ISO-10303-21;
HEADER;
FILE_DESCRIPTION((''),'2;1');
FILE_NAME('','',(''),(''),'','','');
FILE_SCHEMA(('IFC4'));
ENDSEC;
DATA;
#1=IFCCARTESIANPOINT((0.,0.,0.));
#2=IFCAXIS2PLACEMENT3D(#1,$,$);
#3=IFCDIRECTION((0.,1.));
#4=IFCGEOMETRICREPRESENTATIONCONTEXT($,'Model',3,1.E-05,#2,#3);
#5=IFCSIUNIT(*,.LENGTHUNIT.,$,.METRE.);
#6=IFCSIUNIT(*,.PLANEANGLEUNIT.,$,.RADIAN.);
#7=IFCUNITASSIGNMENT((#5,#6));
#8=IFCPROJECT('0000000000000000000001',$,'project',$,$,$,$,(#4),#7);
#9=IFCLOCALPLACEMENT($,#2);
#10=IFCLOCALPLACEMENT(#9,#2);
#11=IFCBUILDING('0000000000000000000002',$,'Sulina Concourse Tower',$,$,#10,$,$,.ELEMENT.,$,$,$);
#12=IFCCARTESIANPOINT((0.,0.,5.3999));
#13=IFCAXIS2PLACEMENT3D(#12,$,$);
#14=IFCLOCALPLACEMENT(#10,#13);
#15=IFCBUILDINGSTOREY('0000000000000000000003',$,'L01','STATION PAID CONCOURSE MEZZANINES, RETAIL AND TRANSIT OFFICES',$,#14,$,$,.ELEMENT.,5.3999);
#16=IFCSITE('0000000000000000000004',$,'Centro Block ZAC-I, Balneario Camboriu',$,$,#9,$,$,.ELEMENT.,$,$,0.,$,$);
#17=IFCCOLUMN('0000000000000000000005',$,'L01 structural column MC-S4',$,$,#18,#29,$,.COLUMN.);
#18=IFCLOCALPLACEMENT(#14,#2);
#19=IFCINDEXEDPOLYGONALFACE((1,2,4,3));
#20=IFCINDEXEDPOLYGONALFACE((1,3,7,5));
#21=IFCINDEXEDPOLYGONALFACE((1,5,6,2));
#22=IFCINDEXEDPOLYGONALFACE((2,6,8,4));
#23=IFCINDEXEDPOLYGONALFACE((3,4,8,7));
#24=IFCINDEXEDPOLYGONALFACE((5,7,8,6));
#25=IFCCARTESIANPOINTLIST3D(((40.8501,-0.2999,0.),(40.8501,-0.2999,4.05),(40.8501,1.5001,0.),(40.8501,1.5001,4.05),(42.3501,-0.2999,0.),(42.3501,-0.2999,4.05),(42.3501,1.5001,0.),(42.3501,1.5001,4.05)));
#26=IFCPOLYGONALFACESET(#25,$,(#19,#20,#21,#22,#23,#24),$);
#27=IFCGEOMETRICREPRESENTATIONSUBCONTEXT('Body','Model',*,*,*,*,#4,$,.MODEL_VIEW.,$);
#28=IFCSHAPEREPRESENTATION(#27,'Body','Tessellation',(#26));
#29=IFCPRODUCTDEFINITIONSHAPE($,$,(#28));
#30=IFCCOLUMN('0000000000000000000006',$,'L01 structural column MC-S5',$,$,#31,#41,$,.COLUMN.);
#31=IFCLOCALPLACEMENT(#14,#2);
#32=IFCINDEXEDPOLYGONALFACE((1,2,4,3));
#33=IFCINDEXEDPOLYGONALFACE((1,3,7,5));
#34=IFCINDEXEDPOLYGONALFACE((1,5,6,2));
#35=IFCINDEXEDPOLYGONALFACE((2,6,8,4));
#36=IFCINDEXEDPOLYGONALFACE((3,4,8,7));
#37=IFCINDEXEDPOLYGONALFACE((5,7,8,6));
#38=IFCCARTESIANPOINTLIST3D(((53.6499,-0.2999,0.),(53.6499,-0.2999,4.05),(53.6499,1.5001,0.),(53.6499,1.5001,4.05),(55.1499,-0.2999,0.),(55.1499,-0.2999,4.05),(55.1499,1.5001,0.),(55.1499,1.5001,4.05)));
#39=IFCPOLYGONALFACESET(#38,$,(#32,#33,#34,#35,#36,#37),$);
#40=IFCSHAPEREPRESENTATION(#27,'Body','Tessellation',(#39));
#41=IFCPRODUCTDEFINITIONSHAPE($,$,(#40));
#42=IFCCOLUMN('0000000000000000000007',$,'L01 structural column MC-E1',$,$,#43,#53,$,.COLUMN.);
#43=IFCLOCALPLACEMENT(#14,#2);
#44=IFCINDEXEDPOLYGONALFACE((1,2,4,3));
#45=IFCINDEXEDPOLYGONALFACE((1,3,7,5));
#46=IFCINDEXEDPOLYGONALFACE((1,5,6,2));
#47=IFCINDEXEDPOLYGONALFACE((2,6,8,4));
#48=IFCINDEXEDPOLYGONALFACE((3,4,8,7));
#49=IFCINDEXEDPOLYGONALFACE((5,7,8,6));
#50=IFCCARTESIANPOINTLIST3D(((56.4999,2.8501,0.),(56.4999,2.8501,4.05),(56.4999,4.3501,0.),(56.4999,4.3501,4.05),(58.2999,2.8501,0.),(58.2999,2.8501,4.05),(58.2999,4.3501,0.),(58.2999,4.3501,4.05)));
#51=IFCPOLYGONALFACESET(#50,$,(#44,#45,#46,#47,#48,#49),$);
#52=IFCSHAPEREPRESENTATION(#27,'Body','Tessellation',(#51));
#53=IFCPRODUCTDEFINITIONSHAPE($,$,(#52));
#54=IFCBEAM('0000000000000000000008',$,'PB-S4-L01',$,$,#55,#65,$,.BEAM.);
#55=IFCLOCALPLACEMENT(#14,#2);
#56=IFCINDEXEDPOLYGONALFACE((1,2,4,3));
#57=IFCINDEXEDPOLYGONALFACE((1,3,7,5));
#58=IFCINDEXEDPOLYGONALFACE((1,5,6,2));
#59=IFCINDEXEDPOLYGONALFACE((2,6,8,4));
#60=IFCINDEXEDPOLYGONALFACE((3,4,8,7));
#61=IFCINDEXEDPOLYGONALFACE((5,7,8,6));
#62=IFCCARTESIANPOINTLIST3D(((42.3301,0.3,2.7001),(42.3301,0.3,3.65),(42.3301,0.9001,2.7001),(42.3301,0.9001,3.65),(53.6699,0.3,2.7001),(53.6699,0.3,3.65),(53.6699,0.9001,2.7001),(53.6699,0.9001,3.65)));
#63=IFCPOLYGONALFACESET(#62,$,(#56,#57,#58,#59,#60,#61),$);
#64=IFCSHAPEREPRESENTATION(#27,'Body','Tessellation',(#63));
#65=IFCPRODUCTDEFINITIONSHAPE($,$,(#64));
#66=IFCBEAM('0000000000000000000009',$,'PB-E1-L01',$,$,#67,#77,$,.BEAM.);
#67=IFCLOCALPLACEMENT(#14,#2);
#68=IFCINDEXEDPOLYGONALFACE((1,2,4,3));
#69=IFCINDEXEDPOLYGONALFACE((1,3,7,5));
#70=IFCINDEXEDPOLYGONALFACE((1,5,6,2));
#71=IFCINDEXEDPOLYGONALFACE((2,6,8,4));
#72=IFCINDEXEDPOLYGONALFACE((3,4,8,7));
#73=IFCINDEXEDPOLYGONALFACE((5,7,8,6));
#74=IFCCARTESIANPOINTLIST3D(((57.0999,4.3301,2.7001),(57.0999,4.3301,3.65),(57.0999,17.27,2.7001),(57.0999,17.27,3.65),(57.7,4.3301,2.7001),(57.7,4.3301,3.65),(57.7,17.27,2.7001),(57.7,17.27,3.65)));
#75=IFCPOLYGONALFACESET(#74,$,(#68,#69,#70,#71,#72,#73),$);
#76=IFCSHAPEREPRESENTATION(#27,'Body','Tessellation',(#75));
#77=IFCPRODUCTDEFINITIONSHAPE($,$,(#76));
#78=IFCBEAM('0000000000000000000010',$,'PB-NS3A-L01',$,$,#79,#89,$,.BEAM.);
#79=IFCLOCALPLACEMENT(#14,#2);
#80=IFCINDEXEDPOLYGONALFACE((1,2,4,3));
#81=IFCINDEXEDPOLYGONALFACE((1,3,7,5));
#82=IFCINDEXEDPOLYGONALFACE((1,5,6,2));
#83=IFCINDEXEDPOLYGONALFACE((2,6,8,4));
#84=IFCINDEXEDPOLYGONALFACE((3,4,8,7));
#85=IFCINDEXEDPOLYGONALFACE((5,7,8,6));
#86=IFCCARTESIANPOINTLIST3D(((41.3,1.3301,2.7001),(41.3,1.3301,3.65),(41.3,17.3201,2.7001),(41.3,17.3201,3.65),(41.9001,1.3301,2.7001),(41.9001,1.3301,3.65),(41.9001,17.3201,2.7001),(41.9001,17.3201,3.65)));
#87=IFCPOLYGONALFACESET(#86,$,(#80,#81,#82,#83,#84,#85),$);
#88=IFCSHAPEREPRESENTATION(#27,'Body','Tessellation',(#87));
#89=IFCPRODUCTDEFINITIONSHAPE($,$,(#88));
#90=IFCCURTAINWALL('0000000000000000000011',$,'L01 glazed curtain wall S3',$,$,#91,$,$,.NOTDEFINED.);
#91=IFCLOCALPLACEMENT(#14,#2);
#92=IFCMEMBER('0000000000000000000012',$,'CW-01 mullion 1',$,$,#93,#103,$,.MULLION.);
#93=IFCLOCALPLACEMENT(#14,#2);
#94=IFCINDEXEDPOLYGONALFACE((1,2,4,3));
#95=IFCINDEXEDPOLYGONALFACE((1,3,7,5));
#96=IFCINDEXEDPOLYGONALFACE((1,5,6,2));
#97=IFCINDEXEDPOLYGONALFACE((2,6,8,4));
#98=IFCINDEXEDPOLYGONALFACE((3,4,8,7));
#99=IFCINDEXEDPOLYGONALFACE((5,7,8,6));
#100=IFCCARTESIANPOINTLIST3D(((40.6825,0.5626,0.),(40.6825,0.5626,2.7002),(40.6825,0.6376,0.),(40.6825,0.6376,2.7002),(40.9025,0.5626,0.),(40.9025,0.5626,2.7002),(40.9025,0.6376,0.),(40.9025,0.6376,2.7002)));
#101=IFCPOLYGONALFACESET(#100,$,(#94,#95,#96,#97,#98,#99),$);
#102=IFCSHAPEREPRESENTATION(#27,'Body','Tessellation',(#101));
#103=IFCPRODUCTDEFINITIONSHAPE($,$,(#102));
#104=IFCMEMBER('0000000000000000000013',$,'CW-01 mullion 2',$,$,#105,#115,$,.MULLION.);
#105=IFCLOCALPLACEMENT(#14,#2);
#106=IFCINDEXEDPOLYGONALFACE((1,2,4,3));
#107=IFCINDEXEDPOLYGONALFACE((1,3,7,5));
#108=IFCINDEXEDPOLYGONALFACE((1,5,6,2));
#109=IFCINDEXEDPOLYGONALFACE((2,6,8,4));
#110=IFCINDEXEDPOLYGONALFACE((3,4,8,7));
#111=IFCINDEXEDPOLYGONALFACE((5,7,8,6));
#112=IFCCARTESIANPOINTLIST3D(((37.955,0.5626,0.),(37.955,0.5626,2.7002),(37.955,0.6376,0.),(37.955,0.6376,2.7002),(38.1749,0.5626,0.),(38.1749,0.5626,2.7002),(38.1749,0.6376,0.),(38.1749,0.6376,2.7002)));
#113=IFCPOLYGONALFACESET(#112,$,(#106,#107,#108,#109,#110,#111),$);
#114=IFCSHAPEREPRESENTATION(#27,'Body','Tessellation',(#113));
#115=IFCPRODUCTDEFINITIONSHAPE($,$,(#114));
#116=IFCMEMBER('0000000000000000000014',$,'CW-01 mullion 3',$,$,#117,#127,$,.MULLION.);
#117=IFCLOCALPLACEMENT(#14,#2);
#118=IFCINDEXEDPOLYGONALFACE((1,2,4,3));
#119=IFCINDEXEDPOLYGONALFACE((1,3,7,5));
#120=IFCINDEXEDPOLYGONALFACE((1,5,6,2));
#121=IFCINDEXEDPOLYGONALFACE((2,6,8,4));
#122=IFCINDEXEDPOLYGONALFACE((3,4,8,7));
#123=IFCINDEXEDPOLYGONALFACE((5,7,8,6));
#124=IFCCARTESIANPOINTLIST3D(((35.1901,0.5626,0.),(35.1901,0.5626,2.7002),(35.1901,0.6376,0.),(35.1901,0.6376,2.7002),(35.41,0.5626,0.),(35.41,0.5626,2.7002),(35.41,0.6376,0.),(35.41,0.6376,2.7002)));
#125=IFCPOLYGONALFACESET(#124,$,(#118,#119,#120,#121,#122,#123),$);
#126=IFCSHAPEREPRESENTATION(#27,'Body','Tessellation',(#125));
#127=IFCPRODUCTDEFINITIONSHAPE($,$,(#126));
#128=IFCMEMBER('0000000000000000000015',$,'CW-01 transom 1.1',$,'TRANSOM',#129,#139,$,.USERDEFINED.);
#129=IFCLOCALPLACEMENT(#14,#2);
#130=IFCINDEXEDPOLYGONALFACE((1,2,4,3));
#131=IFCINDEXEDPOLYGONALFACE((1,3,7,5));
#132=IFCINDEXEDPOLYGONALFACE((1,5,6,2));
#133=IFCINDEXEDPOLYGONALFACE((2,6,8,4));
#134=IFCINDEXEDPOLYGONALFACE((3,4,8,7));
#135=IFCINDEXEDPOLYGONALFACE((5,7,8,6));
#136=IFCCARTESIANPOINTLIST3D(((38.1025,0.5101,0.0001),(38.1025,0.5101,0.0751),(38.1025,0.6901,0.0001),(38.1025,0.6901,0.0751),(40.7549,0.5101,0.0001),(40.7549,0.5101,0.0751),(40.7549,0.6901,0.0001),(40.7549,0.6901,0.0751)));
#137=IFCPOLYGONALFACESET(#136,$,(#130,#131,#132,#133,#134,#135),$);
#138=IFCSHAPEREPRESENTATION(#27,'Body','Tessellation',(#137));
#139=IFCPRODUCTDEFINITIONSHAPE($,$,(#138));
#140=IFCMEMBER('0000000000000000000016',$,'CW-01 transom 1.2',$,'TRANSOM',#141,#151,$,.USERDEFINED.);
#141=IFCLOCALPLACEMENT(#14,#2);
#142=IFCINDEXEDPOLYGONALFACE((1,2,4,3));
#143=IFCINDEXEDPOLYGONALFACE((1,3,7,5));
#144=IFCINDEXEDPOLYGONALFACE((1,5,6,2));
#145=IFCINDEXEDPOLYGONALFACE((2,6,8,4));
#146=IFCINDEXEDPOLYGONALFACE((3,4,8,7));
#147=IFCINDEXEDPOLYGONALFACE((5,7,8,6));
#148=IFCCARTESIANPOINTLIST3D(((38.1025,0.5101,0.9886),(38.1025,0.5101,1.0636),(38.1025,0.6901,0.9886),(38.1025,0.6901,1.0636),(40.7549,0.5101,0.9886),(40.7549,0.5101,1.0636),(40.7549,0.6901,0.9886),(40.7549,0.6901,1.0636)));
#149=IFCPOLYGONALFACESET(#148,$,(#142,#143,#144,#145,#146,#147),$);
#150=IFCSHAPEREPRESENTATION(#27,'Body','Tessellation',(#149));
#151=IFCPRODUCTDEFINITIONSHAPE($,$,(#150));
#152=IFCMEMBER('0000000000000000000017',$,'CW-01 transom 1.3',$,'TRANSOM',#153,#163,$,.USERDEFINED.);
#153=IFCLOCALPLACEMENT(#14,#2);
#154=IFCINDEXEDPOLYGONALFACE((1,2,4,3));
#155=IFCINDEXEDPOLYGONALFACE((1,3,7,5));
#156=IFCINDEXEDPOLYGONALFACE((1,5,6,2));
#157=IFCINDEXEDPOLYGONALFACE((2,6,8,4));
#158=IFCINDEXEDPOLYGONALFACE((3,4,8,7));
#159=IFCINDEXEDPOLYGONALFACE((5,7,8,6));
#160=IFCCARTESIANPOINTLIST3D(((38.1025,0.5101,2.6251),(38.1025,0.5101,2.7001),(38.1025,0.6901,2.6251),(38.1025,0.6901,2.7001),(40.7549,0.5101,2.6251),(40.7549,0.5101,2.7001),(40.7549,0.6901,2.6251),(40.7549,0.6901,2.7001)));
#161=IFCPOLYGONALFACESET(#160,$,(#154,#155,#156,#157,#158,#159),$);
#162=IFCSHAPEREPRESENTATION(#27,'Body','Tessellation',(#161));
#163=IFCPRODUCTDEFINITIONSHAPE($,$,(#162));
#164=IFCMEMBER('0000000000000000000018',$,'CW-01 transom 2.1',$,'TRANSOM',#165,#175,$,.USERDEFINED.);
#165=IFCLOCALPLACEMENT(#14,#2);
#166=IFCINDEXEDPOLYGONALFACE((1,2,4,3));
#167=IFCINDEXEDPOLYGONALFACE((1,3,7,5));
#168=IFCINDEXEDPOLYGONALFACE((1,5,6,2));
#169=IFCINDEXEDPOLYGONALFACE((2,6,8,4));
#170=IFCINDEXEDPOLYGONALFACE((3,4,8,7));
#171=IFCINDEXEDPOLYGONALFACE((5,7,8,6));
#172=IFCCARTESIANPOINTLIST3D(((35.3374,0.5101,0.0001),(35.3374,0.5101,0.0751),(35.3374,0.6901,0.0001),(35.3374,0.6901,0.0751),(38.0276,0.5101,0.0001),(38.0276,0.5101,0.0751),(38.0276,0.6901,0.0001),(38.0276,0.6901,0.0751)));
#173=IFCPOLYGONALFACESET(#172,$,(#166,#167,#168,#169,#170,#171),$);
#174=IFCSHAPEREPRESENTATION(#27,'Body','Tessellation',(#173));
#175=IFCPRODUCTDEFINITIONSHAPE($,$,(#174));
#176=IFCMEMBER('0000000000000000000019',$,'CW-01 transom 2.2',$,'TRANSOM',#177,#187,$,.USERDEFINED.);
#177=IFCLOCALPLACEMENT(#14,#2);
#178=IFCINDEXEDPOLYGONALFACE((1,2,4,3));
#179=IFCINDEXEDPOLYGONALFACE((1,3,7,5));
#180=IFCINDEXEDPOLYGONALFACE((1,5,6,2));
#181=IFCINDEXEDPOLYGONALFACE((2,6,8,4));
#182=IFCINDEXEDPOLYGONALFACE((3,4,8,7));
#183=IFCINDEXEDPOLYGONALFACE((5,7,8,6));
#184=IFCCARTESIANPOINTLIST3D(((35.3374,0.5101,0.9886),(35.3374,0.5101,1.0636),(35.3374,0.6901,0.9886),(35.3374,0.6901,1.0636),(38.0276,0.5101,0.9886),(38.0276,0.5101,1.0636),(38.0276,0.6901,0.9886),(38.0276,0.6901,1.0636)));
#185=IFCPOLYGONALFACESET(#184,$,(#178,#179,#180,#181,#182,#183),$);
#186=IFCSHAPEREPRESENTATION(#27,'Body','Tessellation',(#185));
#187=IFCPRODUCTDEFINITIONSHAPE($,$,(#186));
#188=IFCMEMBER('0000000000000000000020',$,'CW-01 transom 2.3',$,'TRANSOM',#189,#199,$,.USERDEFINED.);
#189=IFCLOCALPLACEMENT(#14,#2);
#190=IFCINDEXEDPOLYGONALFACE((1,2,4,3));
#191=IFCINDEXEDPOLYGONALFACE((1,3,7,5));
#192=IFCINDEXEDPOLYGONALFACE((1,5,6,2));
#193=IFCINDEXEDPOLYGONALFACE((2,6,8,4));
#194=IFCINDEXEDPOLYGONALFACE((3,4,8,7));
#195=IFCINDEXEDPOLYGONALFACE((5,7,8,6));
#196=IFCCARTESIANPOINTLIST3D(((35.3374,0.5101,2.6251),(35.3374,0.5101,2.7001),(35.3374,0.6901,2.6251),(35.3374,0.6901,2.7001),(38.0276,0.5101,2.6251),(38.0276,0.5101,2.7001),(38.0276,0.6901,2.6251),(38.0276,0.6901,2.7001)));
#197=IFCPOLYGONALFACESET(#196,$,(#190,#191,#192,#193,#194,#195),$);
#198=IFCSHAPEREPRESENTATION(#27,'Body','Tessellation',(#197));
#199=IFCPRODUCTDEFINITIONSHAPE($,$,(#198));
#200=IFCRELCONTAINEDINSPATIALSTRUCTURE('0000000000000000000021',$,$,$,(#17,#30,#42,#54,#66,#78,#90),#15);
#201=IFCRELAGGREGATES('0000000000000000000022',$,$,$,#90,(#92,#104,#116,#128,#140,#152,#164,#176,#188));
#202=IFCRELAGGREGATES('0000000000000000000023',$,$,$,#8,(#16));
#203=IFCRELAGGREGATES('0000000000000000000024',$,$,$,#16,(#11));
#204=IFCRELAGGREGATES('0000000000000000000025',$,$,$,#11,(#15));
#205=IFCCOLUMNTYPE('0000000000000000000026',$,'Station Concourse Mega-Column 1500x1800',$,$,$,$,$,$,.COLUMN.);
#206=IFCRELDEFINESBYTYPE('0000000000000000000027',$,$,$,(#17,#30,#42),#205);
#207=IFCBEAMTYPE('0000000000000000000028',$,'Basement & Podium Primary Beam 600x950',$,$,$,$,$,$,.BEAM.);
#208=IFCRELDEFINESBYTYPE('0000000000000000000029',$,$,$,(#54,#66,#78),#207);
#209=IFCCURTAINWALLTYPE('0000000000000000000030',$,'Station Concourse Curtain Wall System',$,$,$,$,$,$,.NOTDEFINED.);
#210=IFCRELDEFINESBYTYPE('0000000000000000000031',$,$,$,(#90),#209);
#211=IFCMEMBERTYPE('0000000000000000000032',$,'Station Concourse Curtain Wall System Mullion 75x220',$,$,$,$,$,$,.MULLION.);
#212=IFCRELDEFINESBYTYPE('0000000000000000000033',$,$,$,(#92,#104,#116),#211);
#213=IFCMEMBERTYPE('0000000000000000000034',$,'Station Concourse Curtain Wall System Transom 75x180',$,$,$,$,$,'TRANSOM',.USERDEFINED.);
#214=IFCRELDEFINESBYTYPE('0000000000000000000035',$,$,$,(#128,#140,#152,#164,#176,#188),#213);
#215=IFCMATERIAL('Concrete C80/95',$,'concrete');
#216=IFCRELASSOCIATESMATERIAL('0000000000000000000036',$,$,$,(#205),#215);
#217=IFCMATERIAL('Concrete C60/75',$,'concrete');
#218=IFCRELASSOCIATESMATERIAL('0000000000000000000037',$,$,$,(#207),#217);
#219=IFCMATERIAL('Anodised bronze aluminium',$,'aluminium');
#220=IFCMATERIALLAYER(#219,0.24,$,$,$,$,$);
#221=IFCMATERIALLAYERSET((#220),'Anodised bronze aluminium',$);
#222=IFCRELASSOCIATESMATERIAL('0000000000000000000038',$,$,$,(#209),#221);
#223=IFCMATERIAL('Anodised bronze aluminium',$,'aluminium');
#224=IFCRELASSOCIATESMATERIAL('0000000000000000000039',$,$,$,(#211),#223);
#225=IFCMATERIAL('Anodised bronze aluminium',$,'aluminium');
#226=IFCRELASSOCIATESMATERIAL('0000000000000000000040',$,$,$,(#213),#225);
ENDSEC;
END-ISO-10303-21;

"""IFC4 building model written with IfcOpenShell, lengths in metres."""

from ifc_helpers import new_model, si_unit, direction, frame, origin, origin_2d, place, context, subcontext, project, spatial, rectangle, extrude, material, layer, layer_set, material_profile, profile_set, type_object, element, aggregate, save


model = new_model("IFC4")

# Units and contexts
model_context = context("Model", 3, precision=1e-05, world=origin(), true_north=direction((0.0, 1.0)))
body_context = subcontext(model_context, "Body", "Model", "MODEL_VIEW")
ifc_project = project(units=[si_unit("LENGTHUNIT", "METRE"), si_unit("PLANEANGLEUNIT", "RADIAN")], contexts=[model_context])

# Site, building, storey
site_placement = place(None, origin())
site = spatial("IfcSite", under=ifc_project, at=site_placement, Name="Centro Block ZAC-I, Balneario Camboriu", CompositionType="ELEMENT", RefElevation=0.0)
building_placement = place(site_placement, origin())
building = spatial("IfcBuilding", under=site, at=building_placement, Name="Sulina Concourse Tower", CompositionType="ELEMENT")
storey_placement = place(building_placement, frame((0.0, 0.0, 5.3999)))
storey = spatial("IfcBuildingStorey", under=building, at=storey_placement, Name="L01", Description="STATION PAID CONCOURSE MEZZANINES, RETAIL AND TRANSIT OFFICES", CompositionType="ELEMENT", Elevation=5.3999)

# Columns
ifc_material_1 = material(Name="Concrete C80/95", Category="concrete")
ifc_material_profile_1 = material_profile(ifc_material_1, rectangle(XDim=1.5, YDim=1.8, at=origin_2d()), Name="RC 1500x1800")
ifc_profile_set_1 = profile_set([ifc_material_profile_1], Name="Concrete C80/95")
column_type = type_object("IfcColumnType", Name="Station Concourse Mega-Column 1500x1800", PredefinedType="COLUMN", material=ifc_profile_set_1)
for number, where, z_axis, x_axis, name in (
    (1, (41.6001, 0.6001, 0.0), (0.0, 0.0, 1.0), (1.0, 0.0, 0.0), "L01 structural column MC-S4"),
    (2, (54.3999, 0.6001, 0.0), (0.0, 0.0, 1.0), (1.0, 0.0, 0.0), "L01 structural column MC-S5"),
    (3, (57.3999, 3.6001, 0.0), (0.0, 0.0, 1.0), (0.0, 1.0, 0.0), "L01 structural column MC-E1"),
):
    element("IfcColumn", number, at=place(storey_placement, frame(where, z_axis=z_axis, x_axis=x_axis)), inside=storey, type_object=column_type, Name=name, PredefinedType="COLUMN", context=body_context, shape_type="SweptSolid", body=[
        extrude(rectangle(XDim=1.5, YDim=1.8, at=origin_2d()), origin(), (0.0, 0.0, 1.0), 4.05),
    ])

# Beams
ifc_material_2 = material(Name="Concrete C60/75", Category="concrete")
ifc_material_profile_2 = material_profile(ifc_material_2, rectangle(XDim=0.6001, YDim=0.95, at=origin_2d()), Name="RC 600x950")
ifc_profile_set_2 = profile_set([ifc_material_profile_2], Name="Concrete C60/75")
beam_type = type_object("IfcBeamType", Name="Basement & Podium Primary Beam 600x950", PredefinedType="BEAM", material=ifc_profile_set_2)
beam_1_placement = place(storey_placement, frame((42.3301, 0.6001, 3.175), z_axis=(1.0, 0.0, 0.0), x_axis=(0.0, 1.0, 0.0)))
element("IfcBeam", 4, at=beam_1_placement, inside=storey, type_object=beam_type, Name="PB-S4-L01", PredefinedType="BEAM", context=body_context, shape_type="SweptSolid", body=[
    extrude(rectangle(XDim=0.6001, YDim=0.95, at=origin_2d()), origin(), (0.0, 0.0, 1.0), 11.3398),
])
beam_2_placement = place(storey_placement, frame((57.3999, 4.3301, 3.175), z_axis=(0.0, 1.0, 0.0), x_axis=(-1.0, 0.0, 0.0)))
element("IfcBeam", 5, at=beam_2_placement, inside=storey, type_object=beam_type, Name="PB-E1-L01", PredefinedType="BEAM", context=body_context, shape_type="SweptSolid", body=[
    extrude(rectangle(XDim=0.6001, YDim=0.95, at=origin_2d()), origin(), (0.0, 0.0, 1.0), 12.9399),
])
beam_3_placement = place(storey_placement, frame((41.6001, 1.3301, 3.175), z_axis=(0.0, 1.0, 0.0), x_axis=(-1.0, 0.0, 0.0)))
element("IfcBeam", 6, at=beam_3_placement, inside=storey, type_object=beam_type, Name="PB-NS3A-L01", PredefinedType="BEAM", context=body_context, shape_type="SweptSolid", body=[
    extrude(rectangle(XDim=0.6001, YDim=0.95, at=origin_2d()), origin(), (0.0, 0.0, 1.0), 15.99),
])

# Curtain wall, members
ifc_material_3 = material(Name="Anodised bronze aluminium", Category="aluminium")
ifc_layer_1 = layer(ifc_material_3, 0.24)
ifc_layer_set_1 = layer_set([ifc_layer_1], Name="Anodised bronze aluminium")
curtain_wall_type = type_object("IfcCurtainWallType", Name="Station Concourse Curtain Wall System", PredefinedType="NOTDEFINED", material=ifc_layer_set_1)
curtain_wall_placement = place(storey_placement, origin())
curtain_wall = element("IfcCurtainWall", 7, at=curtain_wall_placement, inside=storey, type_object=curtain_wall_type, Name="L01 glazed curtain wall S3", PredefinedType="NOTDEFINED")
ifc_material_4 = material(Name="Anodised bronze aluminium", Category="aluminium")
ifc_material_profile_3 = material_profile(ifc_material_4, rectangle(XDim=0.075, YDim=0.22, at=origin_2d()), Name="MUL 75x220")
ifc_profile_set_3 = profile_set([ifc_material_profile_3], Name="Anodised bronze aluminium")
member_type_1 = type_object("IfcMemberType", Name="Station Concourse Curtain Wall System Mullion 75x220", PredefinedType="MULLION", material=ifc_profile_set_3)
member_1_placement = place(storey_placement, frame((40.7925, 0.6001, 0.0), z_axis=(0.0, 0.0, 1.0), x_axis=(0.0, -1.0, 0.0)))
member_1 = element("IfcMember", 8, at=member_1_placement, type_object=member_type_1, Name="CW-01 mullion 1", PredefinedType="MULLION", context=body_context, shape_type="SweptSolid", body=[
    extrude(rectangle(XDim=0.075, YDim=0.22, at=origin_2d()), origin(), (0.0, 0.0, 1.0), 2.7002),
])
member_2_placement = place(storey_placement, frame((38.0649, 0.6001, 0.0), z_axis=(0.0, 0.0, 1.0), x_axis=(0.0, -1.0, 0.0)))
member_2 = element("IfcMember", 9, at=member_2_placement, type_object=member_type_1, Name="CW-01 mullion 2", PredefinedType="MULLION", context=body_context, shape_type="SweptSolid", body=[
    extrude(rectangle(XDim=0.075, YDim=0.22, at=origin_2d()), origin(), (0.0, 0.0, 1.0), 2.7002),
])
member_3_placement = place(storey_placement, frame((35.3, 0.6001, 0.0), z_axis=(0.0, 0.0, 1.0), x_axis=(0.0, -1.0, 0.0)))
member_3 = element("IfcMember", 10, at=member_3_placement, type_object=member_type_1, Name="CW-01 mullion 3", PredefinedType="MULLION", context=body_context, shape_type="SweptSolid", body=[
    extrude(rectangle(XDim=0.075, YDim=0.22, at=origin_2d()), origin(), (0.0, 0.0, 1.0), 2.7002),
])
ifc_material_5 = material(Name="Anodised bronze aluminium", Category="aluminium")
ifc_material_profile_4 = material_profile(ifc_material_5, rectangle(XDim=0.1799, YDim=0.075, at=origin_2d()), Name="TRN 75x180")
ifc_profile_set_4 = profile_set([ifc_material_profile_4], Name="Anodised bronze aluminium")
member_type_2 = type_object("IfcMemberType", Name="Station Concourse Curtain Wall System Transom 75x180", ElementType="TRANSOM", PredefinedType="USERDEFINED", material=ifc_profile_set_4)
member_4_placement = place(storey_placement, frame((40.7549, 0.6001, 0.0376), z_axis=(-1.0, 0.0, 0.0), x_axis=(0.0, -1.0, 0.0)))
member_4 = element("IfcMember", 11, at=member_4_placement, type_object=member_type_2, Name="CW-01 transom 1.1", ObjectType="TRANSOM", PredefinedType="USERDEFINED", context=body_context, shape_type="SweptSolid", body=[
    extrude(rectangle(XDim=0.1799, YDim=0.075, at=origin_2d()), origin(), (0.0, 0.0, 1.0), 2.6523),
])
member_5_placement = place(storey_placement, frame((40.7549, 0.6001, 1.0261), z_axis=(-1.0, 0.0, 0.0), x_axis=(0.0, -1.0, 0.0)))
member_5 = element("IfcMember", 12, at=member_5_placement, type_object=member_type_2, Name="CW-01 transom 1.2", ObjectType="TRANSOM", PredefinedType="USERDEFINED", context=body_context, shape_type="SweptSolid", body=[
    extrude(rectangle(XDim=0.1799, YDim=0.075, at=origin_2d()), origin(), (0.0, 0.0, 1.0), 2.6523),
])
member_6_placement = place(storey_placement, frame((40.7549, 0.6001, 2.6626), z_axis=(-1.0, 0.0, 0.0), x_axis=(0.0, -1.0, 0.0)))
member_6 = element("IfcMember", 13, at=member_6_placement, type_object=member_type_2, Name="CW-01 transom 1.3", ObjectType="TRANSOM", PredefinedType="USERDEFINED", context=body_context, shape_type="SweptSolid", body=[
    extrude(rectangle(XDim=0.1799, YDim=0.075, at=origin_2d()), origin(), (0.0, 0.0, 1.0), 2.6523),
])
member_7_placement = place(storey_placement, frame((38.0276, 0.6001, 0.0376), z_axis=(-1.0, 0.0, 0.0), x_axis=(0.0, -1.0, 0.0)))
member_7 = element("IfcMember", 14, at=member_7_placement, type_object=member_type_2, Name="CW-01 transom 2.1", ObjectType="TRANSOM", PredefinedType="USERDEFINED", context=body_context, shape_type="SweptSolid", body=[
    extrude(rectangle(XDim=0.1799, YDim=0.075, at=origin_2d()), origin(), (0.0, 0.0, 1.0), 2.6902),
])
member_8_placement = place(storey_placement, frame((38.0276, 0.6001, 1.0261), z_axis=(-1.0, 0.0, 0.0), x_axis=(0.0, -1.0, 0.0)))
member_8 = element("IfcMember", 15, at=member_8_placement, type_object=member_type_2, Name="CW-01 transom 2.2", ObjectType="TRANSOM", PredefinedType="USERDEFINED", context=body_context, shape_type="SweptSolid", body=[
    extrude(rectangle(XDim=0.1799, YDim=0.075, at=origin_2d()), origin(), (0.0, 0.0, 1.0), 2.6902),
])
member_9_placement = place(storey_placement, frame((38.0276, 0.6001, 2.6626), z_axis=(-1.0, 0.0, 0.0), x_axis=(0.0, -1.0, 0.0)))
member_9 = element("IfcMember", 16, at=member_9_placement, type_object=member_type_2, Name="CW-01 transom 2.3", ObjectType="TRANSOM", PredefinedType="USERDEFINED", context=body_context, shape_type="SweptSolid", body=[
    extrude(rectangle(XDim=0.1799, YDim=0.075, at=origin_2d()), origin(), (0.0, 0.0, 1.0), 2.6902),
])
aggregate(curtain_wall, [member_1, member_2, member_3, member_4, member_5, member_6, member_7, member_8, member_9])

save(model, "model.ifc")
